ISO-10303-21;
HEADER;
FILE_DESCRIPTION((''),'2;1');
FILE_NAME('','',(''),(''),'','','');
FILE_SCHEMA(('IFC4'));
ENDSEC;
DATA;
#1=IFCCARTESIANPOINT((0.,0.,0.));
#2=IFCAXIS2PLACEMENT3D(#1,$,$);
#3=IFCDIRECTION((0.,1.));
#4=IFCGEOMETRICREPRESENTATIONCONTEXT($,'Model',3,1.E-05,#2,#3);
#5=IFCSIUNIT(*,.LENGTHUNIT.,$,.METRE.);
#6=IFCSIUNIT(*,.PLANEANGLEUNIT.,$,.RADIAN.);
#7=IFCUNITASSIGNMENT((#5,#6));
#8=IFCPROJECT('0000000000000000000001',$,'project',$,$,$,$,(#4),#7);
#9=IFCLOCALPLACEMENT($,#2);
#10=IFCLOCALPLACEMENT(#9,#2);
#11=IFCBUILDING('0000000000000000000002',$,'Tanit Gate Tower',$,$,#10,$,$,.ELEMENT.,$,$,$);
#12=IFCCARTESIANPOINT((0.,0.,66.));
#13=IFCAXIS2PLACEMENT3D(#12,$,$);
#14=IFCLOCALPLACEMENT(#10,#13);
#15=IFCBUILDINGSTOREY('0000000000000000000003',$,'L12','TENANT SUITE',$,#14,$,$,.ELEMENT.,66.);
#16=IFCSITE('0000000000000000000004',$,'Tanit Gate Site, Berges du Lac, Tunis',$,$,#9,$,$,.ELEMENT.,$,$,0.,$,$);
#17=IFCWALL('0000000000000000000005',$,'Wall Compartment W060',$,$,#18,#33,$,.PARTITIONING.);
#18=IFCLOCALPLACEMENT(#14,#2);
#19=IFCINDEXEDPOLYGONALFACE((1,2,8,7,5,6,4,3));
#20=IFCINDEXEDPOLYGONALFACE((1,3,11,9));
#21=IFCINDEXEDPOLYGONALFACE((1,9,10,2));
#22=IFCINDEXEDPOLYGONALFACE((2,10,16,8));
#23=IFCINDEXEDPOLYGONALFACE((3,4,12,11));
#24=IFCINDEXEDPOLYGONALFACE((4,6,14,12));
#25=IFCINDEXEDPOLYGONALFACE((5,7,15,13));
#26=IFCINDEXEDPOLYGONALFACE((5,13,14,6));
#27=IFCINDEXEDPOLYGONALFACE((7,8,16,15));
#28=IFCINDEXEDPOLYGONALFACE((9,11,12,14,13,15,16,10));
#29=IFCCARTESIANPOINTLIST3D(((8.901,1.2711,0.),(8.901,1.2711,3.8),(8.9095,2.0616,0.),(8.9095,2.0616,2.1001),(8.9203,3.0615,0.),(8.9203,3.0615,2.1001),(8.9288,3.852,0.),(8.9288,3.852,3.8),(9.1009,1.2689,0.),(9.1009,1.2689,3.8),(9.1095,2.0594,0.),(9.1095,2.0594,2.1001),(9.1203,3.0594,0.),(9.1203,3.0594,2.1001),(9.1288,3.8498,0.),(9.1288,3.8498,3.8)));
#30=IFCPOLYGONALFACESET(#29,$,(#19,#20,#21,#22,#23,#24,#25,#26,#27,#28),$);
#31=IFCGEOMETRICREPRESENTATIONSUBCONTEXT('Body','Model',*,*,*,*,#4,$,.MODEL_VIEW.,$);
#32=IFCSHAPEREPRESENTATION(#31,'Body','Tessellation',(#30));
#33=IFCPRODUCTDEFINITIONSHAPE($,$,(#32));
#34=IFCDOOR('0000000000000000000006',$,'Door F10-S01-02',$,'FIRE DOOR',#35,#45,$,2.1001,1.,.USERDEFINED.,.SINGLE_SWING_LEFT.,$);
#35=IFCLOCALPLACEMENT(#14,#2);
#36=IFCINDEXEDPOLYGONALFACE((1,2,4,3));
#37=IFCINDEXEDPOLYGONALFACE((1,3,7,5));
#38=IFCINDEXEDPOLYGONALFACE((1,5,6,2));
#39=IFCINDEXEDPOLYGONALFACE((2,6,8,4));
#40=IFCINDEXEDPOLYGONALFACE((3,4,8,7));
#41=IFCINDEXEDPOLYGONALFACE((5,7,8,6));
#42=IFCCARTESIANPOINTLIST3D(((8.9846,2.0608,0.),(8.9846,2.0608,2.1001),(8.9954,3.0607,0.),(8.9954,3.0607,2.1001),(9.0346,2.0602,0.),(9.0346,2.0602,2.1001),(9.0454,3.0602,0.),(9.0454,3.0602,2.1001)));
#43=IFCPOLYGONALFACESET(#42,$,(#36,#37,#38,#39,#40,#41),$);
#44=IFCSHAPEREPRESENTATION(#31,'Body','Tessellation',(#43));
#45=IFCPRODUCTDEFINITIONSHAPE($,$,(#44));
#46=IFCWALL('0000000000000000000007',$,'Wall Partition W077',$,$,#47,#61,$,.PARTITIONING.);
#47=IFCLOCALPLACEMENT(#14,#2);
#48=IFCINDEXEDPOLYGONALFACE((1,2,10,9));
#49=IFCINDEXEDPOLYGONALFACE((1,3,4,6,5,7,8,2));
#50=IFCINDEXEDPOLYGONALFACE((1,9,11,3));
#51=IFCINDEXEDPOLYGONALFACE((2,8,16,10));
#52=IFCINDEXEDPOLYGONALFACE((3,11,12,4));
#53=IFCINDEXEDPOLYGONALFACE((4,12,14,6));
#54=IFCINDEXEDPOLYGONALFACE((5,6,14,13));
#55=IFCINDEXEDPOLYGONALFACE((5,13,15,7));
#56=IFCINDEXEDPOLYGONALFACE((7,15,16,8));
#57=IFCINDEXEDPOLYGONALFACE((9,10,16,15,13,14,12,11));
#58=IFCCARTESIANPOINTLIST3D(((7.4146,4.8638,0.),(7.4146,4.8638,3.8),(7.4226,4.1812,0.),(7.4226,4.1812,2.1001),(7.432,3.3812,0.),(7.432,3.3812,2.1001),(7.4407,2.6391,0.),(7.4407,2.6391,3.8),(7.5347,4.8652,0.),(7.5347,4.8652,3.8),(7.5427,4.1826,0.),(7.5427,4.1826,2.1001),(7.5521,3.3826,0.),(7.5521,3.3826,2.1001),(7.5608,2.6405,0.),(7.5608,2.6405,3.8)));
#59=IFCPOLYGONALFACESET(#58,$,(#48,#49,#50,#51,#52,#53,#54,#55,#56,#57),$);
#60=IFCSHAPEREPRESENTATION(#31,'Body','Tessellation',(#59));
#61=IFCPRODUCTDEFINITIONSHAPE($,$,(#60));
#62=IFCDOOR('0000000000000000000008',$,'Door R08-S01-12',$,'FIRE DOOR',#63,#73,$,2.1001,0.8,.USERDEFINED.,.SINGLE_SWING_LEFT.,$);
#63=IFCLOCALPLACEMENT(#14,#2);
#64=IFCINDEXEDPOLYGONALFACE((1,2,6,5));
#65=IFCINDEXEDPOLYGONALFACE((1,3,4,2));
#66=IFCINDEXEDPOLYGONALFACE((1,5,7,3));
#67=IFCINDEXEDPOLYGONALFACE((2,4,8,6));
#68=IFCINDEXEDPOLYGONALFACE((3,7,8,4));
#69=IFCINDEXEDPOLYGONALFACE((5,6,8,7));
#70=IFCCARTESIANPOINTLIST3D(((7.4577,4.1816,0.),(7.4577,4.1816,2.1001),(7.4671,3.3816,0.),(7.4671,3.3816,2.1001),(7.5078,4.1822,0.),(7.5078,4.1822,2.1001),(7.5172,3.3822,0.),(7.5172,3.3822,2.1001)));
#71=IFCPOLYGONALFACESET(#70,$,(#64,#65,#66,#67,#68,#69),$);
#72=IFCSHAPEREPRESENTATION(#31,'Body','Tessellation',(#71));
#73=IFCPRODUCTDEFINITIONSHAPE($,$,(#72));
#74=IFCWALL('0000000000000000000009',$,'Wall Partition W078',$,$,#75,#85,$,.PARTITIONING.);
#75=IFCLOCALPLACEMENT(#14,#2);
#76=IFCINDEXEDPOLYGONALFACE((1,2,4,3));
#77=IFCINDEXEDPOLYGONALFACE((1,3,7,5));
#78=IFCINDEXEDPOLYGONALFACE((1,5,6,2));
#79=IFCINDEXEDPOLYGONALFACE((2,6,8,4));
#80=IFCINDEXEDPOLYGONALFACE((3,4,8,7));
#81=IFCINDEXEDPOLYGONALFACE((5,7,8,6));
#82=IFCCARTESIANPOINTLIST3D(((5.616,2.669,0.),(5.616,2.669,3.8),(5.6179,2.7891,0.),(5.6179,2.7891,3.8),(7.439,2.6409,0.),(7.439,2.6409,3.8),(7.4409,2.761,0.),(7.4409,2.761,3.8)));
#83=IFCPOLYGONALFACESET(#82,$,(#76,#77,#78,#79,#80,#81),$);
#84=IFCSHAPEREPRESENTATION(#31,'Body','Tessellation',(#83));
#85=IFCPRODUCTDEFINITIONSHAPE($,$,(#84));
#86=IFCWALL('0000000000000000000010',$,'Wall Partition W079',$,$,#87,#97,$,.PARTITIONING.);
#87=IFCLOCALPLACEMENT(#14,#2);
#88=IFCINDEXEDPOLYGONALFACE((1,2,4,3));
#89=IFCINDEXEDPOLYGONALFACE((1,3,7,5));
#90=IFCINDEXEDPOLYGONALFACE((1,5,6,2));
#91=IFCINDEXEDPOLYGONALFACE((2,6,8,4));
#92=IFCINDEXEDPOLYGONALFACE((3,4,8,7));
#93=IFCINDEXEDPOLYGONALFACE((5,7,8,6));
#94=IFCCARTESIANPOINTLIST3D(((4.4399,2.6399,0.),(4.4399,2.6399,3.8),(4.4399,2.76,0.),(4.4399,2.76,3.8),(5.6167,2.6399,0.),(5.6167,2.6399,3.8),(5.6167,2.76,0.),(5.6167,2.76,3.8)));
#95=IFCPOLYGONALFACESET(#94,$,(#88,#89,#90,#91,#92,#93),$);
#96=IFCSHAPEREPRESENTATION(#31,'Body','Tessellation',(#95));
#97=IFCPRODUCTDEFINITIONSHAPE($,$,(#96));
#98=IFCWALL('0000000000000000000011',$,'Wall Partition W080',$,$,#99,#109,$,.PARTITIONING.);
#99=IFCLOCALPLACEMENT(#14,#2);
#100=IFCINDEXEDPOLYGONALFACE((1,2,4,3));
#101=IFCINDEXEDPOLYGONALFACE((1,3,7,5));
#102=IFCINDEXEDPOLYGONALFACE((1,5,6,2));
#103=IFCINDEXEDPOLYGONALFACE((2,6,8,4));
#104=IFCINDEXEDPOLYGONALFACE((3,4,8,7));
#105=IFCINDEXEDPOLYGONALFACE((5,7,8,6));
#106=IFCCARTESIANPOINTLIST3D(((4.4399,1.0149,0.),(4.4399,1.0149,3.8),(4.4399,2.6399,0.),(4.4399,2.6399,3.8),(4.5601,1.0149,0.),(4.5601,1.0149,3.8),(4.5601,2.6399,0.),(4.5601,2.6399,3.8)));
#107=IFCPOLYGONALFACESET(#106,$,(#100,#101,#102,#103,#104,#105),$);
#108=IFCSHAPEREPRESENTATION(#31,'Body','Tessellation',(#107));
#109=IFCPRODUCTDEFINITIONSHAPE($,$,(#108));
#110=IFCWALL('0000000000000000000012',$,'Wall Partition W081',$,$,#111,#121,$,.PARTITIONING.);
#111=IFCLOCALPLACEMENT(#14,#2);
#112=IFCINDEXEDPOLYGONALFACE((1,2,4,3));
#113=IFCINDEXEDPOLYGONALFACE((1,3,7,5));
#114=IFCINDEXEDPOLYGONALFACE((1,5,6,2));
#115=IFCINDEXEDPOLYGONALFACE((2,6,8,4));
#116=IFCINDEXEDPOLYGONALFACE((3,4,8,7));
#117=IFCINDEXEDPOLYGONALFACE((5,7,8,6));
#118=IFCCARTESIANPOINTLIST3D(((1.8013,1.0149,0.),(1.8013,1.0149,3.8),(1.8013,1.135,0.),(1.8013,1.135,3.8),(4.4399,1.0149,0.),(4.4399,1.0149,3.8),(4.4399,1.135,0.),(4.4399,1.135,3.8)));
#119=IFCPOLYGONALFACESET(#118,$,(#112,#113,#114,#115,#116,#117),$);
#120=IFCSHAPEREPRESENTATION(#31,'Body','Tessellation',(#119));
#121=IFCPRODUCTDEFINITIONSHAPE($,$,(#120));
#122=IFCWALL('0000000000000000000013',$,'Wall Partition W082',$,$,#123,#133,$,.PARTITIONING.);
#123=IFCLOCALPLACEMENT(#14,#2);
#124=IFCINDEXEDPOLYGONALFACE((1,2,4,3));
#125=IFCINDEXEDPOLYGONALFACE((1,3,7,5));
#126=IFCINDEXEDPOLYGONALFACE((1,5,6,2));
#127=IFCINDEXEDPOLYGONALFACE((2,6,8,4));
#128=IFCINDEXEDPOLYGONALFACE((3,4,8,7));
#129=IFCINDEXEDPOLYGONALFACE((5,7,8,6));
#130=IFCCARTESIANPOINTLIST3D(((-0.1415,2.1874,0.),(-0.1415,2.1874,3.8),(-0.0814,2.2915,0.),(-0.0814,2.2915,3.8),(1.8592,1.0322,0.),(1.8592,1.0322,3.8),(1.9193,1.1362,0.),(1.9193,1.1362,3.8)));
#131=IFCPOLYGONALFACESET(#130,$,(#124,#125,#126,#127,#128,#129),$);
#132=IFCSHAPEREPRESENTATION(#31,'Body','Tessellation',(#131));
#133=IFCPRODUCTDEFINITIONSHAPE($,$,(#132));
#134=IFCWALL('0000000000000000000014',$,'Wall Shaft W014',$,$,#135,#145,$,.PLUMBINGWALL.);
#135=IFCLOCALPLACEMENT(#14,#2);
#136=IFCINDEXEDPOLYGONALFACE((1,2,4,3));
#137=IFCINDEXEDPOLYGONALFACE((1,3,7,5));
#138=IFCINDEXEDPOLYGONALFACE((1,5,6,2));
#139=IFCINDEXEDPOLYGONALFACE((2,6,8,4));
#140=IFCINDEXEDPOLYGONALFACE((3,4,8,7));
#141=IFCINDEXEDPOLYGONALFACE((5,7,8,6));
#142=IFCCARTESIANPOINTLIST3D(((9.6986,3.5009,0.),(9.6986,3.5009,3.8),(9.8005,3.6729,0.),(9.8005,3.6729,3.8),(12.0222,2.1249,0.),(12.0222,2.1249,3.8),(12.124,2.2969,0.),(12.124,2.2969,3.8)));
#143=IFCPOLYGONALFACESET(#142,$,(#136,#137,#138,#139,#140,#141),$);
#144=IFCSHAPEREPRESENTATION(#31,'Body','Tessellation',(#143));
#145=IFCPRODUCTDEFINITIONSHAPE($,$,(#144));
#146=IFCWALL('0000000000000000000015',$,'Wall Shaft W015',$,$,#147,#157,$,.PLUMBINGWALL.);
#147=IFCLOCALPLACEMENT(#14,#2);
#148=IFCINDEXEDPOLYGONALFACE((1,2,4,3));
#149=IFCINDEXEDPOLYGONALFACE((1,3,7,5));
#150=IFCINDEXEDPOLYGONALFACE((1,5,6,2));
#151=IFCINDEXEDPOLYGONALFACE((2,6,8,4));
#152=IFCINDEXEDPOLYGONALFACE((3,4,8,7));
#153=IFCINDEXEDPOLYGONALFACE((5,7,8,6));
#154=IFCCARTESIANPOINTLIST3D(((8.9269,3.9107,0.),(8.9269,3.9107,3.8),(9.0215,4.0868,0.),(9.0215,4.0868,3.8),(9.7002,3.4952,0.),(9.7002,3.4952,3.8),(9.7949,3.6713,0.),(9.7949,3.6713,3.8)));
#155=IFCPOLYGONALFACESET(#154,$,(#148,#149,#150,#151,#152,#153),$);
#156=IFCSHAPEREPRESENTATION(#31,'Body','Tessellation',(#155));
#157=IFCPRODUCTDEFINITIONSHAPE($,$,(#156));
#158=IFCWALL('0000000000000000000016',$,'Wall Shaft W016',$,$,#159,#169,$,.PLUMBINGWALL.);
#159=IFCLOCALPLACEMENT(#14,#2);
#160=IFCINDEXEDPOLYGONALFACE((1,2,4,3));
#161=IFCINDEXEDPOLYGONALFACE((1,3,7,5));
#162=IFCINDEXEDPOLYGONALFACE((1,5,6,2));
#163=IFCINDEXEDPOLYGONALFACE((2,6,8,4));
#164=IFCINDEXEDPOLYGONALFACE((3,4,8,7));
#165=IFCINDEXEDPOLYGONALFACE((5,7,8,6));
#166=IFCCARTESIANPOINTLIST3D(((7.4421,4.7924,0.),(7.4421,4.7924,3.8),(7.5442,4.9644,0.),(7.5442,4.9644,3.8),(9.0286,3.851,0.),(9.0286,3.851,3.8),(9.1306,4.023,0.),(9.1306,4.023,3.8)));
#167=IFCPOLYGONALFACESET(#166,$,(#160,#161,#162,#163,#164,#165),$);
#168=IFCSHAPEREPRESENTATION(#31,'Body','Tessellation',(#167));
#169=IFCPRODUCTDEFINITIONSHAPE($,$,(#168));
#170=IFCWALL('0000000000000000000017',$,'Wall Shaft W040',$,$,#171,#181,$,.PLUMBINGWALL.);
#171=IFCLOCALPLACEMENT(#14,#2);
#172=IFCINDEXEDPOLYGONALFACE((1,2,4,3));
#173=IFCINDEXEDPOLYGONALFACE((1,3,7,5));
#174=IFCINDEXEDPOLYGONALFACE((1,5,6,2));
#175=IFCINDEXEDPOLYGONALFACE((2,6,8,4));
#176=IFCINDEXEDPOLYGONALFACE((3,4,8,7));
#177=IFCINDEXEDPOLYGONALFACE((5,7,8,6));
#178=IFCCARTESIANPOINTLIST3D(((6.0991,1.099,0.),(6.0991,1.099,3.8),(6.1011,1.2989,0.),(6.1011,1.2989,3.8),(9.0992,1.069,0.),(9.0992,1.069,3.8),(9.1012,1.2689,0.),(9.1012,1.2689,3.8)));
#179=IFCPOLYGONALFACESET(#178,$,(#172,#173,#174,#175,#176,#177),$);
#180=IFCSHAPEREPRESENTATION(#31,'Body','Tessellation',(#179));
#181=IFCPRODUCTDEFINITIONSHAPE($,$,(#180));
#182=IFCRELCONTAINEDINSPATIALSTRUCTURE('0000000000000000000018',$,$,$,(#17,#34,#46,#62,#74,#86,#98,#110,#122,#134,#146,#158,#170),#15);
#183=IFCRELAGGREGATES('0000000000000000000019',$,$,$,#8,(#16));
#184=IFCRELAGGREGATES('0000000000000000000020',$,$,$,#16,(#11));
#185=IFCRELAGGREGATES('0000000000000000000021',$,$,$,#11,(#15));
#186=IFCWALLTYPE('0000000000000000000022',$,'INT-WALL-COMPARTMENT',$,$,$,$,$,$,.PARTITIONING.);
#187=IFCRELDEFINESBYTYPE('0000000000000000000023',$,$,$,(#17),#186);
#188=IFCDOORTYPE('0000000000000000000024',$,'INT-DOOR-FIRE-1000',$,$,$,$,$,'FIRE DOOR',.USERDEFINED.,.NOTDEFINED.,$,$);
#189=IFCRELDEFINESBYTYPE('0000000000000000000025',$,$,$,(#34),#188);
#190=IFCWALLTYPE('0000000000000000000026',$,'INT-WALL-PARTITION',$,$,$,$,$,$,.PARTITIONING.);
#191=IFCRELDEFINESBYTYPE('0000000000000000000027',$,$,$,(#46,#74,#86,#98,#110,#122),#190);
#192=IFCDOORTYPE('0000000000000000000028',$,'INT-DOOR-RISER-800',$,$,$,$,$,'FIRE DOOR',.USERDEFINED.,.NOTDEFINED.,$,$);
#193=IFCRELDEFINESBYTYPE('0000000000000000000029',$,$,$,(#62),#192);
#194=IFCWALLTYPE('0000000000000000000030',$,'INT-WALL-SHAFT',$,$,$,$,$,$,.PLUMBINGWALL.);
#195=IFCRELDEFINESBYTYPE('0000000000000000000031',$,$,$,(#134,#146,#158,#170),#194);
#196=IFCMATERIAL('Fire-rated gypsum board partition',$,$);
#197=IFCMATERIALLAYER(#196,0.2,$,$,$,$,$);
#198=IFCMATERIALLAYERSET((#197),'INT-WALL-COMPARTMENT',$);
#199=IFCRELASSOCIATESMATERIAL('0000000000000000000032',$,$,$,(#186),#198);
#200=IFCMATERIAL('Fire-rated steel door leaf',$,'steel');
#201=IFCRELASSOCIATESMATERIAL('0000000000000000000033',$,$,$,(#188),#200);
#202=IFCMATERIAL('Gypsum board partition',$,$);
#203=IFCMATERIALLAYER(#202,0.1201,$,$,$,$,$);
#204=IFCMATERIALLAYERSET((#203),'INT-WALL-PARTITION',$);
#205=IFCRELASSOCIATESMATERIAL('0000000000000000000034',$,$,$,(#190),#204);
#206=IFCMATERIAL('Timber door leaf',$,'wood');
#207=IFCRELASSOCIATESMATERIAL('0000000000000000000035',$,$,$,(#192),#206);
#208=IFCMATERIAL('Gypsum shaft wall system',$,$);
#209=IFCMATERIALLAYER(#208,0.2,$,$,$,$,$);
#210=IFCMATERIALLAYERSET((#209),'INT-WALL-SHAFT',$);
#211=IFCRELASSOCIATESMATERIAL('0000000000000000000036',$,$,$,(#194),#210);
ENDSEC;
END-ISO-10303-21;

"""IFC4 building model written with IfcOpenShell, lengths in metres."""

from ifc_helpers import new_model, si_unit, direction, frame, frame_2d, origin, place, context, subcontext, project, spatial, rectangle, extrude, material, layer, layer_set, type_object, element, fill, save


model = new_model("IFC4")

# Units and contexts
model_context = context("Model", 3, precision=1e-05, world=origin(), true_north=direction((0.0, 1.0)))
body_context = subcontext(model_context, "Body", "Model", "MODEL_VIEW")
ifc_project = project(units=[si_unit("LENGTHUNIT", "METRE"), si_unit("PLANEANGLEUNIT", "RADIAN")], contexts=[model_context])

# Site, building, storey
site_placement = place(None, origin())
site = spatial("IfcSite", under=ifc_project, at=site_placement, Name="Tanit Gate Site, Berges du Lac, Tunis", CompositionType="ELEMENT", RefElevation=0.0)
building_placement = place(site_placement, origin())
building = spatial("IfcBuilding", under=site, at=building_placement, Name="Tanit Gate Tower", CompositionType="ELEMENT")
storey_placement = place(building_placement, frame((0.0, 0.0, 66.0)))
storey = spatial("IfcBuildingStorey", under=building, at=storey_placement, Name="L12", Description="TENANT SUITE", CompositionType="ELEMENT", Elevation=66.0)

# Walls, openings, doors
ifc_material_1 = material(Name="Fire-rated gypsum board partition")
ifc_layer_1 = layer(ifc_material_1, 0.2)
ifc_layer_set_1 = layer_set([ifc_layer_1], Name="INT-WALL-COMPARTMENT")
wall_type_1 = type_object("IfcWallType", Name="INT-WALL-COMPARTMENT", PredefinedType="PARTITIONING", material=ifc_layer_set_1)
wall_1_placement = place(storey_placement, frame((9.001, 1.27, 0.0), z_axis=(0.0, 0.0, 1.0), x_axis=(0.010784, 0.999942, 0.0)))
wall_1 = element("IfcWall", 1, at=wall_1_placement, inside=storey, type_object=wall_type_1, Name="Wall Compartment W060", PredefinedType="PARTITIONING", context=body_context, shape_type="SweptSolid", body=[
    extrude(rectangle(XDim=2.5811, YDim=0.2, at=frame_2d((1.2905, 0.0))), origin(), (0.0, 0.0, 1.0), 3.8),
])
opening_1_placement = place(wall_1_placement, frame((0.7905, 0.0, 0.0)))
opening_1 = element("IfcOpeningElement", 2, at=opening_1_placement, cuts=wall_1, PredefinedType="OPENING", context=body_context, shape_type="SweptSolid", body=[
    extrude(rectangle(XDim=1.0, YDim=2.1001, at=frame_2d((0.5, 1.05))), frame((0.0, 0.1099, 0.0), z_axis=(0.0, -1.0, 0.0), x_axis=(1.0, 0.0, 0.0)), (0.0, 0.0, 1.0), 0.22),
])
ifc_material_2 = material(Name="Fire-rated steel door leaf", Category="steel")
door_type_1 = type_object("IfcDoorType", Name="INT-DOOR-FIRE-1000", ElementType="FIRE DOOR", OperationType="NOTDEFINED", PredefinedType="USERDEFINED", material=ifc_material_2)
door_1_placement = place(opening_1_placement, origin())
door_1 = element("IfcDoor", 3, at=door_1_placement, inside=storey, type_object=door_type_1, Name="Door F10-S01-02", ObjectType="FIRE DOOR", OperationType="SINGLE_SWING_LEFT", OverallHeight=2.1001, OverallWidth=1.0, PredefinedType="USERDEFINED", context=body_context, shape_type="SweptSolid", body=[
    extrude(rectangle(XDim=1.0, YDim=2.1001, at=frame_2d((0.5, 1.05))), frame((0.0, 0.0249, 0.0), z_axis=(0.0, -1.0, 0.0), x_axis=(1.0, 0.0, 0.0)), (0.0, 0.0, 1.0), 0.05),
])
fill(opening_1, door_1)
ifc_material_3 = material(Name="Gypsum board partition")
ifc_layer_2 = layer(ifc_material_3, 0.1201)
ifc_layer_set_2 = layer_set([ifc_layer_2], Name="INT-WALL-PARTITION")
wall_type_2 = type_object("IfcWallType", Name="INT-WALL-PARTITION", PredefinedType="PARTITIONING", material=ifc_layer_set_2)
wall_2_placement = place(storey_placement, frame((7.5007, 2.6399, 0.0), z_axis=(0.0, 0.0, 1.0), x_axis=(-0.011742, 0.999931, 0.0)))
wall_2 = element("IfcWall", 4, at=wall_2_placement, inside=storey, type_object=wall_type_2, Name="Wall Partition W077", PredefinedType="PARTITIONING", context=body_context, shape_type="SweptSolid", body=[
    extrude(rectangle(XDim=2.2249, YDim=0.1201, at=frame_2d((1.1123, 0.0))), origin(), (0.0, 0.0, 1.0), 3.8),
])
opening_2_placement = place(wall_2_placement, frame((0.7422, 0.0, 0.0)))
opening_2 = element("IfcOpeningElement", 5, at=opening_2_placement, cuts=wall_2, PredefinedType="OPENING", context=body_context, shape_type="SweptSolid", body=[
    extrude(rectangle(XDim=0.8, YDim=2.1001, at=frame_2d((0.3999, 1.05))), frame((0.0, 0.0701, 0.0), z_axis=(0.0, -1.0, 0.0), x_axis=(1.0, 0.0, 0.0)), (0.0, 0.0, 1.0), 0.1401),
])
ifc_material_4 = material(Name="Timber door leaf", Category="wood")
door_type_2 = type_object("IfcDoorType", Name="INT-DOOR-RISER-800", ElementType="FIRE DOOR", OperationType="NOTDEFINED", PredefinedType="USERDEFINED", material=ifc_material_4)
door_2_placement = place(opening_2_placement, origin())
door_2 = element("IfcDoor", 6, at=door_2_placement, inside=storey, type_object=door_type_2, Name="Door R08-S01-12", ObjectType="FIRE DOOR", OperationType="SINGLE_SWING_LEFT", OverallHeight=2.1001, OverallWidth=0.8, PredefinedType="USERDEFINED", context=body_context, shape_type="SweptSolid", body=[
    extrude(rectangle(XDim=0.8, YDim=2.1001, at=frame_2d((0.3999, 1.05))), frame((0.0, 0.0249, 0.0), z_axis=(0.0, -1.0, 0.0), x_axis=(1.0, 0.0, 0.0)), (0.0, 0.0, 1.0), 0.05),
])
fill(opening_2, door_2)

# Walls
wall_3_placement = place(storey_placement, frame((5.6169, 2.729, 0.0), z_axis=(0.0, 0.0, 1.0), x_axis=(0.999881, -0.015399, 0.0)))
element("IfcWall", 7, at=wall_3_placement, inside=storey, type_object=wall_type_2, Name="Wall Partition W078", PredefinedType="PARTITIONING", context=body_context, shape_type="SweptSolid", body=[
    extrude(rectangle(XDim=1.8232, YDim=0.1201, at=frame_2d((0.9116, 0.0))), origin(), (0.0, 0.0, 1.0), 3.8),
])
wall_4_placement = place(storey_placement, frame((4.4399, 2.7, 0.0), z_axis=(0.0, 0.0, 1.0), x_axis=(1.0, 0.0, 0.0)))
element("IfcWall", 8, at=wall_4_placement, inside=storey, type_object=wall_type_2, Name="Wall Partition W079", PredefinedType="PARTITIONING", context=body_context, shape_type="SweptSolid", body=[
    extrude(rectangle(XDim=1.1768, YDim=0.1201, at=frame_2d((0.5884, 0.0))), origin(), (0.0, 0.0, 1.0), 3.8),
])
wall_5_placement = place(storey_placement, frame((4.5, 1.0149, 0.0), z_axis=(0.0, 0.0, 1.0), x_axis=(0.0, 1.0, 0.0)))
element("IfcWall", 9, at=wall_5_placement, inside=storey, type_object=wall_type_2, Name="Wall Partition W080", PredefinedType="PARTITIONING", context=body_context, shape_type="SweptSolid", body=[
    extrude(rectangle(XDim=1.625, YDim=0.1201, at=frame_2d((0.8125, 0.0))), origin(), (0.0, 0.0, 1.0), 3.8),
])
wall_6_placement = place(storey_placement, frame((1.8013, 1.075, 0.0), z_axis=(0.0, 0.0, 1.0), x_axis=(1.0, 0.0, 0.0)))
element("IfcWall", 10, at=wall_6_placement, inside=storey, type_object=wall_type_2, Name="Wall Partition W081", PredefinedType="PARTITIONING", context=body_context, shape_type="SweptSolid", body=[
    extrude(rectangle(XDim=2.6387, YDim=0.1201, at=frame_2d((1.3193, 0.0))), origin(), (0.0, 0.0, 1.0), 3.8),
])
wall_7_placement = place(storey_placement, frame((-0.1116, 2.2395, 0.0), z_axis=(0.0, 0.0, 1.0), x_axis=(0.865997, -0.500049, 0.0)))
element("IfcWall", 11, at=wall_7_placement, inside=storey, type_object=wall_type_2, Name="Wall Partition W082", PredefinedType="PARTITIONING", context=body_context, shape_type="SweptSolid", body=[
    extrude(rectangle(XDim=2.3103, YDim=0.1201, at=frame_2d((1.1553, 0.0))), origin(), (0.0, 0.0, 1.0), 3.8),
])
ifc_material_5 = material(Name="Gypsum shaft wall system")
ifc_layer_3 = layer(ifc_material_5, 0.2)
ifc_layer_set_3 = layer_set([ifc_layer_3], Name="INT-WALL-SHAFT")
wall_type_3 = type_object("IfcWallType", Name="INT-WALL-SHAFT", PredefinedType="PLUMBINGWALL", material=ifc_layer_set_3)
wall_8_placement = place(storey_placement, frame((12.073, 2.2109, 0.0), z_axis=(0.0, 0.0, 1.0), x_axis=(-0.860438, 0.509555, 0.0)))
element("IfcWall", 12, at=wall_8_placement, inside=storey, type_object=wall_type_3, Name="Wall Shaft W014", PredefinedType="PLUMBINGWALL", context=body_context, shape_type="SweptSolid", body=[
    extrude(rectangle(XDim=2.7004, YDim=0.2, at=frame_2d((1.3501, 0.0))), origin(), (0.0, 0.0, 1.0), 3.8),
])
wall_9_placement = place(storey_placement, frame((9.7476, 3.5833, 0.0), z_axis=(0.0, 0.0, 1.0), x_axis=(-0.880917, 0.473271, 0.0)))
element("IfcWall", 13, at=wall_9_placement, inside=storey, type_object=wall_type_3, Name="Wall Shaft W015", PredefinedType="PLUMBINGWALL", context=body_context, shape_type="SweptSolid", body=[
    extrude(rectangle(XDim=0.8779, YDim=0.2, at=frame_2d((0.439, 0.0))), origin(), (0.0, 0.0, 1.0), 3.8),
])
wall_10_placement = place(storey_placement, frame((9.0796, 3.937, 0.0), z_axis=(0.0, 0.0, 1.0), x_axis=(-0.859982, 0.510325, 0.0)))
element("IfcWall", 14, at=wall_10_placement, inside=storey, type_object=wall_type_3, Name="Wall Shaft W016", PredefinedType="PLUMBINGWALL", context=body_context, shape_type="SweptSolid", body=[
    extrude(rectangle(XDim=1.8447, YDim=0.2, at=frame_2d((0.9224, 0.0))), origin(), (0.0, 0.0, 1.0), 3.8),
])

# Wall
wall_11_placement = place(storey_placement, frame((9.1001, 1.1689, 0.0), z_axis=(0.0, 0.0, 1.0), x_axis=(-0.99995, 0.010009, 0.0)))
element("IfcWall", 15, at=wall_11_placement, inside=storey, type_object=wall_type_3, Name="Wall Shaft W040", PredefinedType="PLUMBINGWALL", context=body_context, shape_type="SweptSolid", body=[
    extrude(rectangle(XDim=3.0002, YDim=0.2, at=frame_2d((1.5, 0.0))), origin(), (0.0, 0.0, 1.0), 3.8),
])

save(model, "model.ifc")
